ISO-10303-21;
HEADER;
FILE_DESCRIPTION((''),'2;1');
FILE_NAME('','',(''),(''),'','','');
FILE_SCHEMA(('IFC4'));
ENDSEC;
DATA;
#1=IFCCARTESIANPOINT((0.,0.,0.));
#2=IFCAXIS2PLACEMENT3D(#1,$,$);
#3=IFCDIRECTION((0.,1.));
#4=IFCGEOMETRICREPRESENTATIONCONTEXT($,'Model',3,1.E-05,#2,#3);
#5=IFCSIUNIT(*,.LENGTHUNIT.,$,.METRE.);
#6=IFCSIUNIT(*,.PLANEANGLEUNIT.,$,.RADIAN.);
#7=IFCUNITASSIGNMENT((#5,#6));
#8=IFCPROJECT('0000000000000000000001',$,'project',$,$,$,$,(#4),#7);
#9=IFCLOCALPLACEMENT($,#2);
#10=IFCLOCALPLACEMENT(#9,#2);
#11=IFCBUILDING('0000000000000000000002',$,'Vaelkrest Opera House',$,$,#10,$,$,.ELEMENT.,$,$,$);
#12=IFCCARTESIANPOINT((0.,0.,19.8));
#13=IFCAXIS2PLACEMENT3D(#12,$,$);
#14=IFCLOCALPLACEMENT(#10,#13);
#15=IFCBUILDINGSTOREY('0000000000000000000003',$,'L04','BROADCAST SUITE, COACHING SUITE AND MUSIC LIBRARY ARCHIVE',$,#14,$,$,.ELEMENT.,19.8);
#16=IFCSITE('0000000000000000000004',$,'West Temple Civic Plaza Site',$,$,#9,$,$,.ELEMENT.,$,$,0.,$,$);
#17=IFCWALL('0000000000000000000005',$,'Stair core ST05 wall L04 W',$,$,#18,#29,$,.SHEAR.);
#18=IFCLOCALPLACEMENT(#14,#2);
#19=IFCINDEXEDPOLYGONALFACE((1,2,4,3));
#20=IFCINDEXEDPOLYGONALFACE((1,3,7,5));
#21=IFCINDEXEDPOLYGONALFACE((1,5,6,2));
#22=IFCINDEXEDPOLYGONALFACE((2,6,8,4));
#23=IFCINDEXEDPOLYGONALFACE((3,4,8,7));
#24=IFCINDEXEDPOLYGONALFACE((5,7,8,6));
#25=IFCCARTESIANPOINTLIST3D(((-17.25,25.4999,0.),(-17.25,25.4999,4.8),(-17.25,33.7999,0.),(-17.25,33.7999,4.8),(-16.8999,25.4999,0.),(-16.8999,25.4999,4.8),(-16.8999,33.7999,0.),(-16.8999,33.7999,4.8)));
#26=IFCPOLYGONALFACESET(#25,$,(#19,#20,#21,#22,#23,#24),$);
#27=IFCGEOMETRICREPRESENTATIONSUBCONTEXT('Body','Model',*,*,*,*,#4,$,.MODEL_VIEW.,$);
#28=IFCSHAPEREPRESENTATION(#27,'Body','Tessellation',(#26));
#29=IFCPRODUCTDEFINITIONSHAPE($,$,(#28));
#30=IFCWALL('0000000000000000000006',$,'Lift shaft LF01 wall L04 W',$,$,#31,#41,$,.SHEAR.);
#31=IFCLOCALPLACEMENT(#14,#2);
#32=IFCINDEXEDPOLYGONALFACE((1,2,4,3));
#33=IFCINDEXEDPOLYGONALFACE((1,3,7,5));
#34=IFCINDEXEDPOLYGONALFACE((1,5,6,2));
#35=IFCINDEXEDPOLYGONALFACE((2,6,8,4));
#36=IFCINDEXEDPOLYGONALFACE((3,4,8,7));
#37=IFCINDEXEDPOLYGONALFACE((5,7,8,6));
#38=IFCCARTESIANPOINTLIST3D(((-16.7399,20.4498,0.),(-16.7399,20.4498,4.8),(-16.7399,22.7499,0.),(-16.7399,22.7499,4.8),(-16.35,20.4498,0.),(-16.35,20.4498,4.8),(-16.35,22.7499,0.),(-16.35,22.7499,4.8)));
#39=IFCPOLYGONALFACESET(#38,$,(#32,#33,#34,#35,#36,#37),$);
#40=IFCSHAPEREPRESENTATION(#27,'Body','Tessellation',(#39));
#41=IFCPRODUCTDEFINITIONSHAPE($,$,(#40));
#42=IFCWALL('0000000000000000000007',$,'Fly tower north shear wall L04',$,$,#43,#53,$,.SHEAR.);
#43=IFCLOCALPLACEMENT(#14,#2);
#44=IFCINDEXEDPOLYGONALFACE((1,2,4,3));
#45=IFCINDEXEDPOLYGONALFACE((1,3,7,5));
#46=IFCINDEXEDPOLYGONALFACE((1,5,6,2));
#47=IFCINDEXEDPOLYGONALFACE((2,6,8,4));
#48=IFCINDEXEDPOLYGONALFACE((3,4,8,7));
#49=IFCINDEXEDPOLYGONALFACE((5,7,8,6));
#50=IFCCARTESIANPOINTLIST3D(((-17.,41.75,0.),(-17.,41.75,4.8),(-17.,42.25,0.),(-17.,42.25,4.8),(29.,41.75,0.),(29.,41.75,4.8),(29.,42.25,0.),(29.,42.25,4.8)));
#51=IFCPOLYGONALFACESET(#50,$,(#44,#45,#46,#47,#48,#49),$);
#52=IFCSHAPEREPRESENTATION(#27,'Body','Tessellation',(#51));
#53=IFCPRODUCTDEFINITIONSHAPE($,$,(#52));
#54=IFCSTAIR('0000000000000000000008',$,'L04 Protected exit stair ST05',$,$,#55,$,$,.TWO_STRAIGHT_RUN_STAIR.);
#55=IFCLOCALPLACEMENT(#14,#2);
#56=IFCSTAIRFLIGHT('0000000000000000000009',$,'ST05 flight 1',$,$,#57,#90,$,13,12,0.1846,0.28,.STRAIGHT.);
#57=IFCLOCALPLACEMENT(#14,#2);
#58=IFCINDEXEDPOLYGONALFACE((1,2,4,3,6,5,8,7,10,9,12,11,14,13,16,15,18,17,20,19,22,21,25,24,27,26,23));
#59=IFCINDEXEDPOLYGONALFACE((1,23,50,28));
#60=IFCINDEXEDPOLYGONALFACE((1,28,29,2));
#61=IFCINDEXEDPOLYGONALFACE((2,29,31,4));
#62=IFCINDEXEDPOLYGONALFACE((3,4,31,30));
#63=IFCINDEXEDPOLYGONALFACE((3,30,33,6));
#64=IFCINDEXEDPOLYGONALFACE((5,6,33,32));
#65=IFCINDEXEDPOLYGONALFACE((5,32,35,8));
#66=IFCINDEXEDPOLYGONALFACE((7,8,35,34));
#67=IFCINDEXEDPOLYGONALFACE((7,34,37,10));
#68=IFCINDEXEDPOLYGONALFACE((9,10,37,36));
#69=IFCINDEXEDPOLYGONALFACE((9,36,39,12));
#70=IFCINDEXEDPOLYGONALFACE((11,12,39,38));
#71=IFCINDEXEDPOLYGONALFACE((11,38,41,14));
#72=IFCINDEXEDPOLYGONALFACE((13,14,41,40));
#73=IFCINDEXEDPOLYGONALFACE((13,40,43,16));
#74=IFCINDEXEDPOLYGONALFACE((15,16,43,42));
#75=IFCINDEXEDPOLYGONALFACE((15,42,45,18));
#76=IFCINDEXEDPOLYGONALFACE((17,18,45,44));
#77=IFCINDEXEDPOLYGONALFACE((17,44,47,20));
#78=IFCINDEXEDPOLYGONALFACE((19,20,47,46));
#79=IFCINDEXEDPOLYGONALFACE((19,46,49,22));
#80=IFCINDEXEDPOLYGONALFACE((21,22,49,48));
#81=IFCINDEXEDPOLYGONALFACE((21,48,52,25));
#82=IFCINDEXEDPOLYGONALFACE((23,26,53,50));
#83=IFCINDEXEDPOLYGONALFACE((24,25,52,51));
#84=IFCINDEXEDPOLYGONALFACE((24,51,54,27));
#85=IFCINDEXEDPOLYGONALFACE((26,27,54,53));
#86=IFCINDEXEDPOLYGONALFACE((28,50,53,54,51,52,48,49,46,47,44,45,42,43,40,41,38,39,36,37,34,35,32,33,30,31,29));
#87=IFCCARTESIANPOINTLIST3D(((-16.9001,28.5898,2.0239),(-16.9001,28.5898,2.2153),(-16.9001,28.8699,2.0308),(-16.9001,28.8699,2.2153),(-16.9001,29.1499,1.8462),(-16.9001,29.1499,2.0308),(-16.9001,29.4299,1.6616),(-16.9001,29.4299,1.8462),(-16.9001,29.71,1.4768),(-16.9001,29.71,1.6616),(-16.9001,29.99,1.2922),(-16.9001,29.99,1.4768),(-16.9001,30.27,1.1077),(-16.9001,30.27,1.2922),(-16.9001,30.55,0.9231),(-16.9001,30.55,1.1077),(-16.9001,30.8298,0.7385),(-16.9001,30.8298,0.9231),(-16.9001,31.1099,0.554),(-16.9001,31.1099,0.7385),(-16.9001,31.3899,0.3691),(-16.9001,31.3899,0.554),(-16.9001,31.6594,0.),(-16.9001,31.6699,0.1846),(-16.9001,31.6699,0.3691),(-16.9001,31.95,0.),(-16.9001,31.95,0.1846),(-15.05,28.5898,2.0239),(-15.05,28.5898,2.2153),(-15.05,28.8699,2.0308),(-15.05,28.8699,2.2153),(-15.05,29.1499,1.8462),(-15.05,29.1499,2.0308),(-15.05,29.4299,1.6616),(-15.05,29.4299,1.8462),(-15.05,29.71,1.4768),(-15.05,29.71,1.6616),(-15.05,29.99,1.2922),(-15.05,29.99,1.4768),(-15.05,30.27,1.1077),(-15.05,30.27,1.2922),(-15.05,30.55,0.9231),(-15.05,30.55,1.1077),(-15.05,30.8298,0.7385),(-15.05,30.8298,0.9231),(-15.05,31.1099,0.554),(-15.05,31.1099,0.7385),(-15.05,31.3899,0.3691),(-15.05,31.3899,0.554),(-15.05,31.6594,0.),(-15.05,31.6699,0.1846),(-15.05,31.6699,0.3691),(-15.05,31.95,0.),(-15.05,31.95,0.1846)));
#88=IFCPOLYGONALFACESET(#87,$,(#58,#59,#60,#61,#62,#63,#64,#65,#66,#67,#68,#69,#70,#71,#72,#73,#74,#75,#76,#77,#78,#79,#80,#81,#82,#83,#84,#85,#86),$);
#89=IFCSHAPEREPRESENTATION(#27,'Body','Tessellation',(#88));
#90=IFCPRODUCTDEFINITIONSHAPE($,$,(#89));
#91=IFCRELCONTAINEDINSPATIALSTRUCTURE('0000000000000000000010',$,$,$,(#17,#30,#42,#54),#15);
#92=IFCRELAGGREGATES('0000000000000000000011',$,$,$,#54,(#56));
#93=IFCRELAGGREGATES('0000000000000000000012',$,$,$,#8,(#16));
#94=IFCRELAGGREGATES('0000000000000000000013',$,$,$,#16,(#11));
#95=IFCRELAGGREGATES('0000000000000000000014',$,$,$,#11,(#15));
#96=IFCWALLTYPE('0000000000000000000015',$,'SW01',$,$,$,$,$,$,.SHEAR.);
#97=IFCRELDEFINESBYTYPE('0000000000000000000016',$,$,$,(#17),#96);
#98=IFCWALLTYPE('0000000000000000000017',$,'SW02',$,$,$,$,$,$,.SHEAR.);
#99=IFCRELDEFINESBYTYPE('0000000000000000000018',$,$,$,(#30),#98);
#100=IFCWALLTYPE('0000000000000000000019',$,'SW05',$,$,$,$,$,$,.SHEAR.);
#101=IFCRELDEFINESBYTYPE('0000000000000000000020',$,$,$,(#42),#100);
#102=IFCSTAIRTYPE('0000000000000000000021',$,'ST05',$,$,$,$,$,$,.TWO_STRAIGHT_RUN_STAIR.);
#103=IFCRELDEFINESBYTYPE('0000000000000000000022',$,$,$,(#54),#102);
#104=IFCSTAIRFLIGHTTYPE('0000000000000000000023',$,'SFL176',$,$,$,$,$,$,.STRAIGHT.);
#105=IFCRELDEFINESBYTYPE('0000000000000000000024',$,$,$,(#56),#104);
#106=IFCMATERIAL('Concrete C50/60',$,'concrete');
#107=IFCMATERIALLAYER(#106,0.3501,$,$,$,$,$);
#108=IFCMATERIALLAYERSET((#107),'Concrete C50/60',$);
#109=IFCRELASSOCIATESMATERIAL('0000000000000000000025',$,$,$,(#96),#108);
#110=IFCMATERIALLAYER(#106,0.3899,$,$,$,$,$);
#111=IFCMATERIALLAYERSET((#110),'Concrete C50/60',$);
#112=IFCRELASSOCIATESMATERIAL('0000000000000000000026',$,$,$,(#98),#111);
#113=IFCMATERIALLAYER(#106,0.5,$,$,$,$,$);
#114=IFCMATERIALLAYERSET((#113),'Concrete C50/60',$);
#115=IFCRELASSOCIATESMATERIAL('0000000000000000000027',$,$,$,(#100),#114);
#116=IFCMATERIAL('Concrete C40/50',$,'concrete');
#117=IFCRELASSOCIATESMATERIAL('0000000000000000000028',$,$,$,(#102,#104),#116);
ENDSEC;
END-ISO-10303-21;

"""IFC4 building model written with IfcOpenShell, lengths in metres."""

from ifc_helpers import new_model, si_unit, direction, frame, frame_2d, origin, place, context, subcontext, project, spatial, polyline, rectangle, outline, extrude, material, layer, layer_set, type_object, element, aggregate, save


model = new_model("IFC4")

# Units and contexts
model_context = context("Model", 3, precision=1e-05, world=origin(), true_north=direction((0.0, 1.0)))
body_context = subcontext(model_context, "Body", "Model", "MODEL_VIEW")
ifc_project = project(units=[si_unit("LENGTHUNIT", "METRE"), si_unit("PLANEANGLEUNIT", "RADIAN")], contexts=[model_context])

# Site, building, storey
site_placement = place(None, origin())
site = spatial("IfcSite", under=ifc_project, at=site_placement, Name="West Temple Civic Plaza Site", CompositionType="ELEMENT", RefElevation=0.0)
building_placement = place(site_placement, origin())
building = spatial("IfcBuilding", under=site, at=building_placement, Name="Vaelkrest Opera House", CompositionType="ELEMENT")
storey_placement = place(building_placement, frame((0.0, 0.0, 19.8)))
storey = spatial("IfcBuildingStorey", under=building, at=storey_placement, Name="L04", Description="BROADCAST SUITE, COACHING SUITE AND MUSIC LIBRARY ARCHIVE", CompositionType="ELEMENT", Elevation=19.8)

# Shared definitions
ifc_material_1 = material(Name="Concrete C50/60", Category="concrete")

# Wall
ifc_layer_1 = layer(ifc_material_1, 0.3501)
ifc_layer_set_1 = layer_set([ifc_layer_1], Name="Concrete C50/60")
wall_type_1 = type_object("IfcWallType", Name="SW01", PredefinedType="SHEAR", material=ifc_layer_set_1)
wall_1_placement = place(storey_placement, frame((-17.075, 25.5, 0.0), z_axis=(0.0, 0.0, 1.0), x_axis=(0.0, 1.0, 0.0)))
element("IfcWall", 1, at=wall_1_placement, inside=storey, type_object=wall_type_1, Name="Stair core ST05 wall L04 W", PredefinedType="SHEAR", context=body_context, shape_type="SweptSolid", body=[
    extrude(rectangle(XDim=8.3, YDim=0.3501, at=frame_2d((4.1499, 0.0))), origin(), (0.0, 0.0, 1.0), 4.8),
])

# Shared definitions
ifc_layer_2 = layer(ifc_material_1, 0.3899)
ifc_layer_set_2 = layer_set([ifc_layer_2], Name="Concrete C50/60")
wall_type_2 = type_object("IfcWallType", Name="SW02", PredefinedType="SHEAR", material=ifc_layer_set_2)

# Walls
wall_2_placement = place(storey_placement, frame((-16.5449, 20.45, 0.0), z_axis=(0.0, 0.0, 1.0), x_axis=(0.0, 1.0, 0.0)))
element("IfcWall", 2, at=wall_2_placement, inside=storey, type_object=wall_type_2, Name="Lift shaft LF01 wall L04 W", PredefinedType="SHEAR", context=body_context, shape_type="SweptSolid", body=[
    extrude(rectangle(XDim=2.3, YDim=0.3899, at=frame_2d((1.1499, 0.0))), origin(), (0.0, 0.0, 1.0), 4.8),
])
ifc_layer_3 = layer(ifc_material_1, 0.5)
ifc_layer_set_3 = layer_set([ifc_layer_3], Name="Concrete C50/60")
wall_type_3 = type_object("IfcWallType", Name="SW05", PredefinedType="SHEAR", material=ifc_layer_set_3)
wall_3_placement = place(storey_placement, frame((-17.0, 42.0, 0.0), z_axis=(0.0, 0.0, 1.0), x_axis=(1.0, 0.0, 0.0)))
element("IfcWall", 3, at=wall_3_placement, inside=storey, type_object=wall_type_3, Name="Fly tower north shear wall L04", PredefinedType="SHEAR", context=body_context, shape_type="SweptSolid", body=[
    extrude(rectangle(XDim=46.0, YDim=0.5, at=frame_2d((23.0, 0.0))), origin(), (0.0, 0.0, 1.0), 4.8),
])

# Stair, stair flight
ifc_material_2 = material(Name="Concrete C40/50", Category="concrete")
stair_type = type_object("IfcStairType", Name="ST05", PredefinedType="TWO_STRAIGHT_RUN_STAIR", material=ifc_material_2)
stair_placement = place(storey_placement, origin())
stair = element("IfcStair", 4, at=stair_placement, inside=storey, type_object=stair_type, Name="L04 Protected exit stair ST05", PredefinedType="TWO_STRAIGHT_RUN_STAIR")
stair_flight_type = type_object("IfcStairFlightType", Name="SFL176", PredefinedType="STRAIGHT", material=ifc_material_2)
stair_flight_placement = place(storey_placement, frame((-15.9751, 31.95, 0.0), z_axis=(0.0, 0.0, 1.0), x_axis=(0.0, -1.0, 0.0)))
stair_flight = element("IfcStairFlight", 5, at=stair_flight_placement, type_object=stair_flight_type, Name="ST05 flight 1", NumberOfRisers=13, NumberOfTreads=12, PredefinedType="STRAIGHT", RiserHeight=0.1846, TreadLength=0.28, context=body_context, shape_type="SweptSolid", body=[
    extrude(outline(polyline([(0.0, 0.0), (0.0, 0.1846), (0.28, 0.1846), (0.28, 0.3691), (0.5601, 0.3691), (0.5601, 0.554), (0.8401, 0.554), (0.8401, 0.7385), (1.1201, 0.7385), (1.1201, 0.9231), (1.3999, 0.9231), (1.3999, 1.1077), (1.6799, 1.1077), (1.6799, 1.2922), (1.96, 1.2922), (1.96, 1.4768), (2.24, 1.4768), (2.24, 1.6616), (2.52, 1.6616), (2.52, 1.8462), (2.8, 1.8462), (2.8, 2.0308), (3.0801, 2.0308), (3.0801, 2.2153), (3.3601, 2.2153), (3.3601, 2.3999), (3.3601, 2.0239), (0.2905, 0.0), (0.0, 0.0)])), frame((0.0, 0.925, 0.0), z_axis=(0.0, -1.0, 0.0), x_axis=(1.0, 0.0, 0.0)), (0.0, 0.0, 1.0), 1.8501),
])
aggregate(stair, [stair_flight])

save(model, "model.ifc")
